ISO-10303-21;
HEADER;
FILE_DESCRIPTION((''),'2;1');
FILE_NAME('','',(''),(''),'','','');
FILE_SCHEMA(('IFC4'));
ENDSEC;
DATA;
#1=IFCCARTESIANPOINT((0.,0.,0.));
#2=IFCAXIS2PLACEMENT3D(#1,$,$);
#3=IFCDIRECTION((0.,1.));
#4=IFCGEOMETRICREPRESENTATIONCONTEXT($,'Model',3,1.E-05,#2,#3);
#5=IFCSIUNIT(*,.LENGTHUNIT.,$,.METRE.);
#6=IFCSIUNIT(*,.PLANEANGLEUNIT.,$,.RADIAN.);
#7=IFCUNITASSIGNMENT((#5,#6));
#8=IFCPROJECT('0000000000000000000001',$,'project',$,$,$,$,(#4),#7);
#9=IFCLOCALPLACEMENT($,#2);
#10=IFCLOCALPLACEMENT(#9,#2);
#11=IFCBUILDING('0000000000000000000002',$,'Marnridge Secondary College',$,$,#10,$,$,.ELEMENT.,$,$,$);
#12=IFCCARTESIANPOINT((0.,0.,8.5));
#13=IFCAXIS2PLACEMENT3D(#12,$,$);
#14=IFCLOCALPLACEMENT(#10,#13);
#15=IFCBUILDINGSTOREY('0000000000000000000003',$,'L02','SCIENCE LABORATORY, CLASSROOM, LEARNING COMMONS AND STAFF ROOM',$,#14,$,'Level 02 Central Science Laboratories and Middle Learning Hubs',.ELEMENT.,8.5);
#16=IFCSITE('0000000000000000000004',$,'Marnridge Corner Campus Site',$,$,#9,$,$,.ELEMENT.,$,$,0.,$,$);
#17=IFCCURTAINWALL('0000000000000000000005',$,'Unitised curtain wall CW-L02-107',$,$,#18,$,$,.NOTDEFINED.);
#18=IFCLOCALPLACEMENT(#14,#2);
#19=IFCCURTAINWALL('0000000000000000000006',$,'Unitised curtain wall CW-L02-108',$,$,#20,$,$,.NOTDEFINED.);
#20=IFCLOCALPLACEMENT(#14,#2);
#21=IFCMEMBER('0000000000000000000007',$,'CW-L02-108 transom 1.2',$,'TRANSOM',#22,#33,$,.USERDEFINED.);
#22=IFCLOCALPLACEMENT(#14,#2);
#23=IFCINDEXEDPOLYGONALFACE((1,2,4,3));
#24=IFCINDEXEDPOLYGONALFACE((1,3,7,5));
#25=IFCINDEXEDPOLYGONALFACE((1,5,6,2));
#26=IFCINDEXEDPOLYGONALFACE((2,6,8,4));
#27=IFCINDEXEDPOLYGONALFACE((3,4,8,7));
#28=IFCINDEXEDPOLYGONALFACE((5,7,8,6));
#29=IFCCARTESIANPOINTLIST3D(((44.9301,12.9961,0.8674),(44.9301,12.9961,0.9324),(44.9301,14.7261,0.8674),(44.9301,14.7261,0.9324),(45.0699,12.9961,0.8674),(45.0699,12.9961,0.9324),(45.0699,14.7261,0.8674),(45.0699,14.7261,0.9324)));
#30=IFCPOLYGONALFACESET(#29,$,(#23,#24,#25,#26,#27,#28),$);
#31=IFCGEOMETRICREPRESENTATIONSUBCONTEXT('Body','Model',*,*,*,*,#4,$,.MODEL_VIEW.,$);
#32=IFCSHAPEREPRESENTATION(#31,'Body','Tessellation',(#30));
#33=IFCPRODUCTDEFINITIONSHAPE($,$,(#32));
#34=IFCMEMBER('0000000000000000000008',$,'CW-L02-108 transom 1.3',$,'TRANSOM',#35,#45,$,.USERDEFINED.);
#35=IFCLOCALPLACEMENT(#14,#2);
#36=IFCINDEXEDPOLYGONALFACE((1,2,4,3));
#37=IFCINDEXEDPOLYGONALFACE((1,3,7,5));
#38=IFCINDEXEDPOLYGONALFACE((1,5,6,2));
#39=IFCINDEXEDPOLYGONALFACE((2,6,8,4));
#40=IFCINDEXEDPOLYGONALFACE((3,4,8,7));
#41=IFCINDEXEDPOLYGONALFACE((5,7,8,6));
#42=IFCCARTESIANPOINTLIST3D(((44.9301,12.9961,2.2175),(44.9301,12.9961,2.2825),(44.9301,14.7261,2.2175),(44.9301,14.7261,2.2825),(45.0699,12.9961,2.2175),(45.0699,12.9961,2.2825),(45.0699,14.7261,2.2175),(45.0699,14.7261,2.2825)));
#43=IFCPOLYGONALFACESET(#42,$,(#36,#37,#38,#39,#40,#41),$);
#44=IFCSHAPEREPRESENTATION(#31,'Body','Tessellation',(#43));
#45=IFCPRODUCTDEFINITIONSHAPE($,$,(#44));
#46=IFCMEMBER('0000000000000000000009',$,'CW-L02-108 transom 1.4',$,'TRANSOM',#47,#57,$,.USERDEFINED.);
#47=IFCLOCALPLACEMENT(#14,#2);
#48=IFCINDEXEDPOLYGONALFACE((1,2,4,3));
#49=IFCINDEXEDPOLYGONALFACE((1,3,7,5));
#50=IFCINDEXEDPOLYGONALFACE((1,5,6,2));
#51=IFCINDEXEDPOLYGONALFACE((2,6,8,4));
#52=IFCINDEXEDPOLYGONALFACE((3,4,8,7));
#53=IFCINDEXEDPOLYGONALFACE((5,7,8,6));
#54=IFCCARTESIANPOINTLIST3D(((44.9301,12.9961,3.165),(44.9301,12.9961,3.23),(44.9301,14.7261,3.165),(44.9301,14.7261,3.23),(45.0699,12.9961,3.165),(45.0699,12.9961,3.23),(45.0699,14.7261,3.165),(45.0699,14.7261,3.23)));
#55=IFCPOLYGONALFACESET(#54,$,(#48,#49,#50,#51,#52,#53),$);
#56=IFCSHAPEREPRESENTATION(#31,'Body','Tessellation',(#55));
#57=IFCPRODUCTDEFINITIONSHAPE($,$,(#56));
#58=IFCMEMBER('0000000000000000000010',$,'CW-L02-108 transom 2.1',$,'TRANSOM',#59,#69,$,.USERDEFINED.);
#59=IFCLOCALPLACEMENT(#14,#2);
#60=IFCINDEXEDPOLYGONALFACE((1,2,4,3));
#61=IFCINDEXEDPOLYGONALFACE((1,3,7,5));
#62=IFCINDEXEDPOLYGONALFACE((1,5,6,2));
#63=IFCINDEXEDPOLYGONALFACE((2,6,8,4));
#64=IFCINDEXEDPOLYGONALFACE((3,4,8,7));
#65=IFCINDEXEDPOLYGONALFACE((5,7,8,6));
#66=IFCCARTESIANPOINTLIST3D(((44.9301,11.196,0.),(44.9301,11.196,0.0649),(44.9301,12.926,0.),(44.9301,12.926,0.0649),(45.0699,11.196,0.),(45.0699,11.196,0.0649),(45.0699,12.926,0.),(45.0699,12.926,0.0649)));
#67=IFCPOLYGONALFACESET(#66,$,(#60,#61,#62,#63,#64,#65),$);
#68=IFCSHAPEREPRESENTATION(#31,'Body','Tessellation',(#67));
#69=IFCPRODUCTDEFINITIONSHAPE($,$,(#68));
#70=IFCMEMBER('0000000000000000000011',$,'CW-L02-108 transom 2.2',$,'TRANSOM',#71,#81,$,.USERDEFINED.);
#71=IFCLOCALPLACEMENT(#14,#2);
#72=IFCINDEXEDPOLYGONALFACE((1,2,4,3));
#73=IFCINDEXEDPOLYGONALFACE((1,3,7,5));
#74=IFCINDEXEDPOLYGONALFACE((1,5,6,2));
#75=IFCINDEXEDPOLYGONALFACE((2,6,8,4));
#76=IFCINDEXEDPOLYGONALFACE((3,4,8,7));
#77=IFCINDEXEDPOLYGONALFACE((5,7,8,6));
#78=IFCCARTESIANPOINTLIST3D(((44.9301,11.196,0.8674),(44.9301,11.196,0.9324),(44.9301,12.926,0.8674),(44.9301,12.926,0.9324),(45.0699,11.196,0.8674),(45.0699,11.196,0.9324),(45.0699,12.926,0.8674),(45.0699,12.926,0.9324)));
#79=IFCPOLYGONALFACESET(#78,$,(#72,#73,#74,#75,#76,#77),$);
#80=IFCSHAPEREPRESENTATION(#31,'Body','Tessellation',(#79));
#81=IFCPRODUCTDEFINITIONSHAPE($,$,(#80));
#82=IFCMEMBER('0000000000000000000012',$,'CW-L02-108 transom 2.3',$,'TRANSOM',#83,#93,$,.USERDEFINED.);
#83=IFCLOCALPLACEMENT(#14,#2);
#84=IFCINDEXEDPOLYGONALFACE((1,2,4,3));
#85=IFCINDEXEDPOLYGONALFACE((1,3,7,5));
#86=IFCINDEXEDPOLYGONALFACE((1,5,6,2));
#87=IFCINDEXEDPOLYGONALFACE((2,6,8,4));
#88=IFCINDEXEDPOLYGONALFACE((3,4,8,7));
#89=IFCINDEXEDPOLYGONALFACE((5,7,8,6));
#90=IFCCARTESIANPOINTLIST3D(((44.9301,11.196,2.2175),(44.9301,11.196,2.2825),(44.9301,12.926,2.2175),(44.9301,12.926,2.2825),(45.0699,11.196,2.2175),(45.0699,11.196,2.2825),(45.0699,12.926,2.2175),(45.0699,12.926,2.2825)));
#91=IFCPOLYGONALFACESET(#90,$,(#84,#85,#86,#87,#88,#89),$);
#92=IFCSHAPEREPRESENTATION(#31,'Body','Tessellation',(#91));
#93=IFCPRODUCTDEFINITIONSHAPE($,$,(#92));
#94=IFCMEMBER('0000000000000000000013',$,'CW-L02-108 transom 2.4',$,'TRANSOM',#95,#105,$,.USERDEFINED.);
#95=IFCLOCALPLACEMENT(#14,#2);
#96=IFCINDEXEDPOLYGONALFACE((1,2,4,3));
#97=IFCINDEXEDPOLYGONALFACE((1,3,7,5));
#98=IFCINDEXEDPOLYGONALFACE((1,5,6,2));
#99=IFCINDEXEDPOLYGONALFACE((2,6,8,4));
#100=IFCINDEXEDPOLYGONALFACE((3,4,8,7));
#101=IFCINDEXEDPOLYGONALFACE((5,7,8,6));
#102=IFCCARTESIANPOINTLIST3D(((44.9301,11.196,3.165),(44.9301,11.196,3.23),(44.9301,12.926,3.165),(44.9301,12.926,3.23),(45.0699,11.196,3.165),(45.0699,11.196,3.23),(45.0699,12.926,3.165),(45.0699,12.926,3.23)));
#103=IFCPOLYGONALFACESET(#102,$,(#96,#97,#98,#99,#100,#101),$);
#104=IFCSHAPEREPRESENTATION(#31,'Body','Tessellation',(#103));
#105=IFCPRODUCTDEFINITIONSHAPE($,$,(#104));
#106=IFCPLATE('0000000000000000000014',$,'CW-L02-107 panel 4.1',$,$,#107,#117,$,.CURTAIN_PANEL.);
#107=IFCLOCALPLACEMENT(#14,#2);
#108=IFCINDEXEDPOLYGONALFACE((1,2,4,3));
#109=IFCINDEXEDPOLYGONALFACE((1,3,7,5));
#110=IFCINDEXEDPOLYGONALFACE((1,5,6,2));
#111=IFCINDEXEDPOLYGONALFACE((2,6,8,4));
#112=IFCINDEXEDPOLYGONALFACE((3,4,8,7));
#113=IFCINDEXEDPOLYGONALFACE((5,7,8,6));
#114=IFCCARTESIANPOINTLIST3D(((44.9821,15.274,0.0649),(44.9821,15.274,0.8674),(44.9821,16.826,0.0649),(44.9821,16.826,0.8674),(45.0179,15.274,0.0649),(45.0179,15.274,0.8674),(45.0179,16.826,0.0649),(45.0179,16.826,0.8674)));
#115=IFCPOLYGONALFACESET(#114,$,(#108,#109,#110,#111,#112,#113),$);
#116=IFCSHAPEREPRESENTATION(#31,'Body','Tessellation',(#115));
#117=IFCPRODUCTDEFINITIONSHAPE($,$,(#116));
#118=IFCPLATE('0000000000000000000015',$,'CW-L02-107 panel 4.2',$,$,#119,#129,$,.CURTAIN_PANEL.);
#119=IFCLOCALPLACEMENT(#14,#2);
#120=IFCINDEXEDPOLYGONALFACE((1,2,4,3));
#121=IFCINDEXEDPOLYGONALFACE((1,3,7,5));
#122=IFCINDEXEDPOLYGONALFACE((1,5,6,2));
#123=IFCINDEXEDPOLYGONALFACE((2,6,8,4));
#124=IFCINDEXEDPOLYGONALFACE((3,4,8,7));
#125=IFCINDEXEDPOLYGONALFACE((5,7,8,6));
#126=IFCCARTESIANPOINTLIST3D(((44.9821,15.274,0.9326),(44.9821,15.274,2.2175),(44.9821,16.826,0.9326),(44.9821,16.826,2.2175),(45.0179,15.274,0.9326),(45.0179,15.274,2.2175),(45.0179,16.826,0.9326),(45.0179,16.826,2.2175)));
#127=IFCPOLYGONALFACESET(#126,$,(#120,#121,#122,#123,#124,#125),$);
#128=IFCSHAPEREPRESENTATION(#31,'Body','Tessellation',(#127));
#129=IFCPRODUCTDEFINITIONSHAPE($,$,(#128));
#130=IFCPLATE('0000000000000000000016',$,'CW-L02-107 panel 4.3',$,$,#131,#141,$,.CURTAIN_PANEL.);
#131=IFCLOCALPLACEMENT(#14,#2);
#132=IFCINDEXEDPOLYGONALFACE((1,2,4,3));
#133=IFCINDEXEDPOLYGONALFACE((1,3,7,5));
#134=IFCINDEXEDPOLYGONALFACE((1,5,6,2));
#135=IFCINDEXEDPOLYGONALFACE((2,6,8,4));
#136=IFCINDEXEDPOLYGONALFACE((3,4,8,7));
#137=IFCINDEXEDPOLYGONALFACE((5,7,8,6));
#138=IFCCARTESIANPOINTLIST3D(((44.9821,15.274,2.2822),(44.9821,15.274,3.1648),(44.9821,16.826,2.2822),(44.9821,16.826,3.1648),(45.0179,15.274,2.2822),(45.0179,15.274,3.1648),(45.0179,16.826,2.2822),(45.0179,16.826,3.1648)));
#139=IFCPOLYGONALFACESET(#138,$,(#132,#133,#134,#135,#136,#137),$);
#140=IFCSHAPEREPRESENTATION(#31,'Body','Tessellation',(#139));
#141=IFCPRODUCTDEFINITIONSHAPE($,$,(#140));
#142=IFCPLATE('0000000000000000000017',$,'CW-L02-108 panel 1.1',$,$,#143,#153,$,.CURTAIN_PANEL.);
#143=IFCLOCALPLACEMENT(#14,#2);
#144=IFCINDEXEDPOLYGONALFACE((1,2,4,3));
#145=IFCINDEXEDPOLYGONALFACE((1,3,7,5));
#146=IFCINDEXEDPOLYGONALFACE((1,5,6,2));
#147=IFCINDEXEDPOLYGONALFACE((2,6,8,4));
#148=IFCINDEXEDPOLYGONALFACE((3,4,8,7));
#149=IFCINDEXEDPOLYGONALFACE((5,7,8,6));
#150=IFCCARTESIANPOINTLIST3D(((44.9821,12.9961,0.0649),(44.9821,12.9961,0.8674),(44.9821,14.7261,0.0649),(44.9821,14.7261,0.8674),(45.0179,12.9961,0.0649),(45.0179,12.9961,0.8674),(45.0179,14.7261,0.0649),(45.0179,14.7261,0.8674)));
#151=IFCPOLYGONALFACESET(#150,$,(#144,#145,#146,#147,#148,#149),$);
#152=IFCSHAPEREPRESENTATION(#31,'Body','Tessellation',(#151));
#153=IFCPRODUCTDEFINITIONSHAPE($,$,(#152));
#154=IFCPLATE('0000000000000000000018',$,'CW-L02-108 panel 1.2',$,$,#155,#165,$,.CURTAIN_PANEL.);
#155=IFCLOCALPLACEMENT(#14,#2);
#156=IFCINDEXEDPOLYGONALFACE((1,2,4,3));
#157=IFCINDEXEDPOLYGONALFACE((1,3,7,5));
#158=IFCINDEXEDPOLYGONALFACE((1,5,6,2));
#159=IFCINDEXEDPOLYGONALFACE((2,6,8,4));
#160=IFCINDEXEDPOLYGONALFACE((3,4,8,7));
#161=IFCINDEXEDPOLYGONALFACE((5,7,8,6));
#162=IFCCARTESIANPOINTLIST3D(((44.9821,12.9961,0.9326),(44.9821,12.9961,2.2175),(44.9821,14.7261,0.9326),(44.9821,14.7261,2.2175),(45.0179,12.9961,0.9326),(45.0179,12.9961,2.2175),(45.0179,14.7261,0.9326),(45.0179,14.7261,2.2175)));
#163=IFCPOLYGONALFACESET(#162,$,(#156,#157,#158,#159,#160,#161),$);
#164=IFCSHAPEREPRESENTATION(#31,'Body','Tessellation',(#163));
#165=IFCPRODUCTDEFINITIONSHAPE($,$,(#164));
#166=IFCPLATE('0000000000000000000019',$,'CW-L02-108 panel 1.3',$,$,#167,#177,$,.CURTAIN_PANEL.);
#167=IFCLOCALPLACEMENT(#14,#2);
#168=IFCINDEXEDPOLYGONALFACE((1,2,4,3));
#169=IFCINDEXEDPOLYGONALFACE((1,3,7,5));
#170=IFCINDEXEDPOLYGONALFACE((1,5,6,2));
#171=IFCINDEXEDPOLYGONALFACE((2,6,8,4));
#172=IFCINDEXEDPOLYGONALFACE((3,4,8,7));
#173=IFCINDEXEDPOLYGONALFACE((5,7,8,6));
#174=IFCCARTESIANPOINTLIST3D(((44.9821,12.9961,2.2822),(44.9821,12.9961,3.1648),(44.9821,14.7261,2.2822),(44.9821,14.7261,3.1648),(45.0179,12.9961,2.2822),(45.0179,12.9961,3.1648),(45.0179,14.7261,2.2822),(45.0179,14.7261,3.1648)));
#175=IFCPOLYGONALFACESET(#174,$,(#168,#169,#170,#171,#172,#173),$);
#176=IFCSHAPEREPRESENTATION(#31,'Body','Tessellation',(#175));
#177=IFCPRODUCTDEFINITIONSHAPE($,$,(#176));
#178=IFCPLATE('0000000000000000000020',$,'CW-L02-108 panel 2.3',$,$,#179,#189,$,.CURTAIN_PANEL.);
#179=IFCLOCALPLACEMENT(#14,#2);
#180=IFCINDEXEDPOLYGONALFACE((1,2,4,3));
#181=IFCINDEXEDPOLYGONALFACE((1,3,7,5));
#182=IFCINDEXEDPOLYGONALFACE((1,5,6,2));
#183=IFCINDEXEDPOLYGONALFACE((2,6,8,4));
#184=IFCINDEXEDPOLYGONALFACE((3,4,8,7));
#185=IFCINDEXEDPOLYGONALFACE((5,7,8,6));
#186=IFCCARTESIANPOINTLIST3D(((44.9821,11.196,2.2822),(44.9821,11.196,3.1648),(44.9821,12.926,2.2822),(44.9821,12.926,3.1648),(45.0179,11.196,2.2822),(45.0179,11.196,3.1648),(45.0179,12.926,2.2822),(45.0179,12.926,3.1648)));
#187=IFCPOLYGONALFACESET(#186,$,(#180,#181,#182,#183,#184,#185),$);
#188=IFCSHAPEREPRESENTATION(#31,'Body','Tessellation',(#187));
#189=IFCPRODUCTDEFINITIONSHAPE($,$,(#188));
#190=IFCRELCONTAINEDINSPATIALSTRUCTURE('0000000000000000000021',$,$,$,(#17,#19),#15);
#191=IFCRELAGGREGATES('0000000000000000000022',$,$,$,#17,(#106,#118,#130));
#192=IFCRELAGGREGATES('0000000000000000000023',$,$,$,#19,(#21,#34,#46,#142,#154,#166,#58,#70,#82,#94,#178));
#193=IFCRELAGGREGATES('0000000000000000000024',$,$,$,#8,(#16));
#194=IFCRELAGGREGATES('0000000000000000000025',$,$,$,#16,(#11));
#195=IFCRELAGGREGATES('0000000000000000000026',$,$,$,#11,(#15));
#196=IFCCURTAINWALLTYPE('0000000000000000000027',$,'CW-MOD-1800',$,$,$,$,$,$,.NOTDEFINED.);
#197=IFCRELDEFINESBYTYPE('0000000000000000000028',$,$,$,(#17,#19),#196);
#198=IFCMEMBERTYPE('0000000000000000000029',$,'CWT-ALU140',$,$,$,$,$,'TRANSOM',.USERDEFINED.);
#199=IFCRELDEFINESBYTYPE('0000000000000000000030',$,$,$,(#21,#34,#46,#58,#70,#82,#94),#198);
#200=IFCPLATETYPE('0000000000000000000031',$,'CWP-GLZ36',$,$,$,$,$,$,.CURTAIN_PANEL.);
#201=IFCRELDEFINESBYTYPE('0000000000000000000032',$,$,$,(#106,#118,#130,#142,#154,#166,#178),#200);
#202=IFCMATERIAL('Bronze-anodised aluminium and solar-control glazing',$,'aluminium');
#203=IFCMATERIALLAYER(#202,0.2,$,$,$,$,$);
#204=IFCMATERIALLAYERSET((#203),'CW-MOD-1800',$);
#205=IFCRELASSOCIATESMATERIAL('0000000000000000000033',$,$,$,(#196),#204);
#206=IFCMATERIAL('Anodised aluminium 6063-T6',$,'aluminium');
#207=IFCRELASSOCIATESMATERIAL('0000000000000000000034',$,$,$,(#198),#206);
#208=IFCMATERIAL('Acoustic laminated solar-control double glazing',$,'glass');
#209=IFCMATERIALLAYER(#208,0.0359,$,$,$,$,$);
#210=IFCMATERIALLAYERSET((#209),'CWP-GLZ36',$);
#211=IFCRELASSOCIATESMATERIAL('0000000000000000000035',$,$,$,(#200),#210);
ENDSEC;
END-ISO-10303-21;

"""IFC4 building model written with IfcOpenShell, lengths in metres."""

from ifc_helpers import new_model, si_unit, direction, frame, origin, origin_2d, place, context, subcontext, project, spatial, rectangle, extrude, material, layer, layer_set, material_profile, profile_set, type_object, element, aggregate, save


model = new_model("IFC4")

# Units and contexts
model_context = context("Model", 3, precision=1e-05, world=origin(), true_north=direction((0.0, 1.0)))
body_context = subcontext(model_context, "Body", "Model", "MODEL_VIEW")
ifc_project = project(units=[si_unit("LENGTHUNIT", "METRE"), si_unit("PLANEANGLEUNIT", "RADIAN")], contexts=[model_context])

# Site, building, storey
site_placement = place(None, origin())
site = spatial("IfcSite", under=ifc_project, at=site_placement, Name="Marnridge Corner Campus Site", CompositionType="ELEMENT", RefElevation=0.0)
building_placement = place(site_placement, origin())
building = spatial("IfcBuilding", under=site, at=building_placement, Name="Marnridge Secondary College", CompositionType="ELEMENT")
storey_placement = place(building_placement, frame((0.0, 0.0, 8.5)))
storey = spatial("IfcBuildingStorey", under=building, at=storey_placement, Name="L02", Description="SCIENCE LABORATORY, CLASSROOM, LEARNING COMMONS AND STAFF ROOM", LongName="Level 02 Central Science Laboratories and Middle Learning Hubs", CompositionType="ELEMENT", Elevation=8.5)

# Curtain walls
ifc_material_1 = material(Name="Bronze-anodised aluminium and solar-control glazing", Category="aluminium")
ifc_layer_1 = layer(ifc_material_1, 0.2)
ifc_layer_set_1 = layer_set([ifc_layer_1], Name="CW-MOD-1800")
curtain_wall_type = type_object("IfcCurtainWallType", Name="CW-MOD-1800", PredefinedType="NOTDEFINED", material=ifc_layer_set_1)
curtain_wall_1_placement = place(storey_placement, origin())
curtain_wall_1 = element("IfcCurtainWall", 1, at=curtain_wall_1_placement, inside=storey, type_object=curtain_wall_type, Name="Unitised curtain wall CW-L02-107", PredefinedType="NOTDEFINED")
curtain_wall_2_placement = place(storey_placement, origin())
curtain_wall_2 = element("IfcCurtainWall", 2, at=curtain_wall_2_placement, inside=storey, type_object=curtain_wall_type, Name="Unitised curtain wall CW-L02-108", PredefinedType="NOTDEFINED")

# Members
ifc_material_2 = material(Name="Anodised aluminium 6063-T6", Category="aluminium")
ifc_material_profile_1 = material_profile(ifc_material_2, rectangle(XDim=0.0649, YDim=0.1399, at=origin_2d()), Name="ALU 65x140")
ifc_profile_set_1 = profile_set([ifc_material_profile_1], Name="Anodised aluminium 6063-T6")
member_type_1 = type_object("IfcMemberType", Name="CWT-ALU140", ElementType="TRANSOM", PredefinedType="USERDEFINED", material=ifc_profile_set_1)
member_1_placement = place(storey_placement, frame((45.0, 14.7261, 0.8999), z_axis=(0.0, -1.0, 0.0), x_axis=(0.0, 0.0, 1.0)))
member_1 = element("IfcMember", 3, at=member_1_placement, type_object=member_type_1, Name="CW-L02-108 transom 1.2", ObjectType="TRANSOM", PredefinedType="USERDEFINED", context=body_context, shape_type="SweptSolid", body=[
    extrude(rectangle(XDim=0.0649, YDim=0.1399, at=origin_2d()), origin(), (0.0, 0.0, 1.0), 1.73),
])
member_2_placement = place(storey_placement, frame((45.0, 14.7261, 2.25), z_axis=(0.0, -1.0, 0.0), x_axis=(0.0, 0.0, 1.0)))
member_2 = element("IfcMember", 4, at=member_2_placement, type_object=member_type_1, Name="CW-L02-108 transom 1.3", ObjectType="TRANSOM", PredefinedType="USERDEFINED", context=body_context, shape_type="SweptSolid", body=[
    extrude(rectangle(XDim=0.0649, YDim=0.1399, at=origin_2d()), origin(), (0.0, 0.0, 1.0), 1.73),
])
member_3_placement = place(storey_placement, frame((45.0, 14.7261, 3.1975), z_axis=(0.0, -1.0, 0.0), x_axis=(0.0, 0.0, 1.0)))
member_3 = element("IfcMember", 5, at=member_3_placement, type_object=member_type_1, Name="CW-L02-108 transom 1.4", ObjectType="TRANSOM", PredefinedType="USERDEFINED", context=body_context, shape_type="SweptSolid", body=[
    extrude(rectangle(XDim=0.0649, YDim=0.1399, at=origin_2d()), origin(), (0.0, 0.0, 1.0), 1.73),
])
member_4_placement = place(storey_placement, frame((45.0, 12.926, 0.0325), z_axis=(0.0, -1.0, 0.0), x_axis=(0.0, 0.0, 1.0)))
member_4 = element("IfcMember", 6, at=member_4_placement, type_object=member_type_1, Name="CW-L02-108 transom 2.1", ObjectType="TRANSOM", PredefinedType="USERDEFINED", context=body_context, shape_type="SweptSolid", body=[
    extrude(rectangle(XDim=0.0649, YDim=0.1399, at=origin_2d()), origin(), (0.0, 0.0, 1.0), 1.73),
])
member_5_placement = place(storey_placement, frame((45.0, 12.926, 0.8999), z_axis=(0.0, -1.0, 0.0), x_axis=(0.0, 0.0, 1.0)))
member_5 = element("IfcMember", 7, at=member_5_placement, type_object=member_type_1, Name="CW-L02-108 transom 2.2", ObjectType="TRANSOM", PredefinedType="USERDEFINED", context=body_context, shape_type="SweptSolid", body=[
    extrude(rectangle(XDim=0.0649, YDim=0.1399, at=origin_2d()), origin(), (0.0, 0.0, 1.0), 1.73),
])
member_6_placement = place(storey_placement, frame((45.0, 12.926, 2.25), z_axis=(0.0, -1.0, 0.0), x_axis=(0.0, 0.0, 1.0)))
member_6 = element("IfcMember", 8, at=member_6_placement, type_object=member_type_1, Name="CW-L02-108 transom 2.3", ObjectType="TRANSOM", PredefinedType="USERDEFINED", context=body_context, shape_type="SweptSolid", body=[
    extrude(rectangle(XDim=0.0649, YDim=0.1399, at=origin_2d()), origin(), (0.0, 0.0, 1.0), 1.73),
])
member_7_placement = place(storey_placement, frame((45.0, 12.926, 3.1975), z_axis=(0.0, -1.0, 0.0), x_axis=(0.0, 0.0, 1.0)))
member_7 = element("IfcMember", 9, at=member_7_placement, type_object=member_type_1, Name="CW-L02-108 transom 2.4", ObjectType="TRANSOM", PredefinedType="USERDEFINED", context=body_context, shape_type="SweptSolid", body=[
    extrude(rectangle(XDim=0.0649, YDim=0.1399, at=origin_2d()), origin(), (0.0, 0.0, 1.0), 1.73),
])

# Plates
ifc_material_3 = material(Name="Acoustic laminated solar-control double glazing", Category="glass")
ifc_layer_2 = layer(ifc_material_3, 0.0359)
ifc_layer_set_2 = layer_set([ifc_layer_2], Name="CWP-GLZ36")
plate_type = type_object("IfcPlateType", Name="CWP-GLZ36", PredefinedType="CURTAIN_PANEL", material=ifc_layer_set_2)
plate_1_placement = place(storey_placement, frame((45.0, 16.05, 0.0649), z_axis=(0.0, 0.0, 1.0), x_axis=(0.0, -1.0, 0.0)))
plate_1 = element("IfcPlate", 10, at=plate_1_placement, type_object=plate_type, Name="CW-L02-107 panel 4.1", PredefinedType="CURTAIN_PANEL", context=body_context, shape_type="SweptSolid", body=[
    extrude(rectangle(XDim=1.552, YDim=0.0359, at=origin_2d()), origin(), (0.0, 0.0, 1.0), 0.8025),
])
plate_2_placement = place(storey_placement, frame((45.0, 16.05, 0.9326), z_axis=(0.0, 0.0, 1.0), x_axis=(0.0, -1.0, 0.0)))
plate_2 = element("IfcPlate", 11, at=plate_2_placement, type_object=plate_type, Name="CW-L02-107 panel 4.2", PredefinedType="CURTAIN_PANEL", context=body_context, shape_type="SweptSolid", body=[
    extrude(rectangle(XDim=1.552, YDim=0.0359, at=origin_2d()), origin(), (0.0, 0.0, 1.0), 1.2849),
])
plate_3_placement = place(storey_placement, frame((45.0, 16.05, 2.2822), z_axis=(0.0, 0.0, 1.0), x_axis=(0.0, -1.0, 0.0)))
plate_3 = element("IfcPlate", 12, at=plate_3_placement, type_object=plate_type, Name="CW-L02-107 panel 4.3", PredefinedType="CURTAIN_PANEL", context=body_context, shape_type="SweptSolid", body=[
    extrude(rectangle(XDim=1.552, YDim=0.0359, at=origin_2d()), origin(), (0.0, 0.0, 1.0), 0.8826),
])
aggregate(curtain_wall_1, [plate_1, plate_2, plate_3])
plate_4_placement = place(storey_placement, frame((45.0, 13.8611, 0.0649), z_axis=(0.0, 0.0, 1.0), x_axis=(0.0, -1.0, 0.0)))
plate_4 = element("IfcPlate", 13, at=plate_4_placement, type_object=plate_type, Name="CW-L02-108 panel 1.1", PredefinedType="CURTAIN_PANEL", context=body_context, shape_type="SweptSolid", body=[
    extrude(rectangle(XDim=1.73, YDim=0.0359, at=origin_2d()), origin(), (0.0, 0.0, 1.0), 0.8025),
])
plate_5_placement = place(storey_placement, frame((45.0, 13.8611, 0.9326), z_axis=(0.0, 0.0, 1.0), x_axis=(0.0, -1.0, 0.0)))
plate_5 = element("IfcPlate", 14, at=plate_5_placement, type_object=plate_type, Name="CW-L02-108 panel 1.2", PredefinedType="CURTAIN_PANEL", context=body_context, shape_type="SweptSolid", body=[
    extrude(rectangle(XDim=1.73, YDim=0.0359, at=origin_2d()), origin(), (0.0, 0.0, 1.0), 1.2849),
])
plate_6_placement = place(storey_placement, frame((45.0, 13.8611, 2.2822), z_axis=(0.0, 0.0, 1.0), x_axis=(0.0, -1.0, 0.0)))
plate_6 = element("IfcPlate", 15, at=plate_6_placement, type_object=plate_type, Name="CW-L02-108 panel 1.3", PredefinedType="CURTAIN_PANEL", context=body_context, shape_type="SweptSolid", body=[
    extrude(rectangle(XDim=1.73, YDim=0.0359, at=origin_2d()), origin(), (0.0, 0.0, 1.0), 0.8826),
])
plate_7_placement = place(storey_placement, frame((45.0, 12.061, 2.2822), z_axis=(0.0, 0.0, 1.0), x_axis=(0.0, -1.0, 0.0)))
plate_7 = element("IfcPlate", 16, at=plate_7_placement, type_object=plate_type, Name="CW-L02-108 panel 2.3", PredefinedType="CURTAIN_PANEL", context=body_context, shape_type="SweptSolid", body=[
    extrude(rectangle(XDim=1.73, YDim=0.0359, at=origin_2d()), origin(), (0.0, 0.0, 1.0), 0.8826),
])
aggregate(curtain_wall_2, [member_1, member_2, member_3, plate_4, plate_5, plate_6, member_4, member_5, member_6, member_7, plate_7])

save(model, "model.ifc")
